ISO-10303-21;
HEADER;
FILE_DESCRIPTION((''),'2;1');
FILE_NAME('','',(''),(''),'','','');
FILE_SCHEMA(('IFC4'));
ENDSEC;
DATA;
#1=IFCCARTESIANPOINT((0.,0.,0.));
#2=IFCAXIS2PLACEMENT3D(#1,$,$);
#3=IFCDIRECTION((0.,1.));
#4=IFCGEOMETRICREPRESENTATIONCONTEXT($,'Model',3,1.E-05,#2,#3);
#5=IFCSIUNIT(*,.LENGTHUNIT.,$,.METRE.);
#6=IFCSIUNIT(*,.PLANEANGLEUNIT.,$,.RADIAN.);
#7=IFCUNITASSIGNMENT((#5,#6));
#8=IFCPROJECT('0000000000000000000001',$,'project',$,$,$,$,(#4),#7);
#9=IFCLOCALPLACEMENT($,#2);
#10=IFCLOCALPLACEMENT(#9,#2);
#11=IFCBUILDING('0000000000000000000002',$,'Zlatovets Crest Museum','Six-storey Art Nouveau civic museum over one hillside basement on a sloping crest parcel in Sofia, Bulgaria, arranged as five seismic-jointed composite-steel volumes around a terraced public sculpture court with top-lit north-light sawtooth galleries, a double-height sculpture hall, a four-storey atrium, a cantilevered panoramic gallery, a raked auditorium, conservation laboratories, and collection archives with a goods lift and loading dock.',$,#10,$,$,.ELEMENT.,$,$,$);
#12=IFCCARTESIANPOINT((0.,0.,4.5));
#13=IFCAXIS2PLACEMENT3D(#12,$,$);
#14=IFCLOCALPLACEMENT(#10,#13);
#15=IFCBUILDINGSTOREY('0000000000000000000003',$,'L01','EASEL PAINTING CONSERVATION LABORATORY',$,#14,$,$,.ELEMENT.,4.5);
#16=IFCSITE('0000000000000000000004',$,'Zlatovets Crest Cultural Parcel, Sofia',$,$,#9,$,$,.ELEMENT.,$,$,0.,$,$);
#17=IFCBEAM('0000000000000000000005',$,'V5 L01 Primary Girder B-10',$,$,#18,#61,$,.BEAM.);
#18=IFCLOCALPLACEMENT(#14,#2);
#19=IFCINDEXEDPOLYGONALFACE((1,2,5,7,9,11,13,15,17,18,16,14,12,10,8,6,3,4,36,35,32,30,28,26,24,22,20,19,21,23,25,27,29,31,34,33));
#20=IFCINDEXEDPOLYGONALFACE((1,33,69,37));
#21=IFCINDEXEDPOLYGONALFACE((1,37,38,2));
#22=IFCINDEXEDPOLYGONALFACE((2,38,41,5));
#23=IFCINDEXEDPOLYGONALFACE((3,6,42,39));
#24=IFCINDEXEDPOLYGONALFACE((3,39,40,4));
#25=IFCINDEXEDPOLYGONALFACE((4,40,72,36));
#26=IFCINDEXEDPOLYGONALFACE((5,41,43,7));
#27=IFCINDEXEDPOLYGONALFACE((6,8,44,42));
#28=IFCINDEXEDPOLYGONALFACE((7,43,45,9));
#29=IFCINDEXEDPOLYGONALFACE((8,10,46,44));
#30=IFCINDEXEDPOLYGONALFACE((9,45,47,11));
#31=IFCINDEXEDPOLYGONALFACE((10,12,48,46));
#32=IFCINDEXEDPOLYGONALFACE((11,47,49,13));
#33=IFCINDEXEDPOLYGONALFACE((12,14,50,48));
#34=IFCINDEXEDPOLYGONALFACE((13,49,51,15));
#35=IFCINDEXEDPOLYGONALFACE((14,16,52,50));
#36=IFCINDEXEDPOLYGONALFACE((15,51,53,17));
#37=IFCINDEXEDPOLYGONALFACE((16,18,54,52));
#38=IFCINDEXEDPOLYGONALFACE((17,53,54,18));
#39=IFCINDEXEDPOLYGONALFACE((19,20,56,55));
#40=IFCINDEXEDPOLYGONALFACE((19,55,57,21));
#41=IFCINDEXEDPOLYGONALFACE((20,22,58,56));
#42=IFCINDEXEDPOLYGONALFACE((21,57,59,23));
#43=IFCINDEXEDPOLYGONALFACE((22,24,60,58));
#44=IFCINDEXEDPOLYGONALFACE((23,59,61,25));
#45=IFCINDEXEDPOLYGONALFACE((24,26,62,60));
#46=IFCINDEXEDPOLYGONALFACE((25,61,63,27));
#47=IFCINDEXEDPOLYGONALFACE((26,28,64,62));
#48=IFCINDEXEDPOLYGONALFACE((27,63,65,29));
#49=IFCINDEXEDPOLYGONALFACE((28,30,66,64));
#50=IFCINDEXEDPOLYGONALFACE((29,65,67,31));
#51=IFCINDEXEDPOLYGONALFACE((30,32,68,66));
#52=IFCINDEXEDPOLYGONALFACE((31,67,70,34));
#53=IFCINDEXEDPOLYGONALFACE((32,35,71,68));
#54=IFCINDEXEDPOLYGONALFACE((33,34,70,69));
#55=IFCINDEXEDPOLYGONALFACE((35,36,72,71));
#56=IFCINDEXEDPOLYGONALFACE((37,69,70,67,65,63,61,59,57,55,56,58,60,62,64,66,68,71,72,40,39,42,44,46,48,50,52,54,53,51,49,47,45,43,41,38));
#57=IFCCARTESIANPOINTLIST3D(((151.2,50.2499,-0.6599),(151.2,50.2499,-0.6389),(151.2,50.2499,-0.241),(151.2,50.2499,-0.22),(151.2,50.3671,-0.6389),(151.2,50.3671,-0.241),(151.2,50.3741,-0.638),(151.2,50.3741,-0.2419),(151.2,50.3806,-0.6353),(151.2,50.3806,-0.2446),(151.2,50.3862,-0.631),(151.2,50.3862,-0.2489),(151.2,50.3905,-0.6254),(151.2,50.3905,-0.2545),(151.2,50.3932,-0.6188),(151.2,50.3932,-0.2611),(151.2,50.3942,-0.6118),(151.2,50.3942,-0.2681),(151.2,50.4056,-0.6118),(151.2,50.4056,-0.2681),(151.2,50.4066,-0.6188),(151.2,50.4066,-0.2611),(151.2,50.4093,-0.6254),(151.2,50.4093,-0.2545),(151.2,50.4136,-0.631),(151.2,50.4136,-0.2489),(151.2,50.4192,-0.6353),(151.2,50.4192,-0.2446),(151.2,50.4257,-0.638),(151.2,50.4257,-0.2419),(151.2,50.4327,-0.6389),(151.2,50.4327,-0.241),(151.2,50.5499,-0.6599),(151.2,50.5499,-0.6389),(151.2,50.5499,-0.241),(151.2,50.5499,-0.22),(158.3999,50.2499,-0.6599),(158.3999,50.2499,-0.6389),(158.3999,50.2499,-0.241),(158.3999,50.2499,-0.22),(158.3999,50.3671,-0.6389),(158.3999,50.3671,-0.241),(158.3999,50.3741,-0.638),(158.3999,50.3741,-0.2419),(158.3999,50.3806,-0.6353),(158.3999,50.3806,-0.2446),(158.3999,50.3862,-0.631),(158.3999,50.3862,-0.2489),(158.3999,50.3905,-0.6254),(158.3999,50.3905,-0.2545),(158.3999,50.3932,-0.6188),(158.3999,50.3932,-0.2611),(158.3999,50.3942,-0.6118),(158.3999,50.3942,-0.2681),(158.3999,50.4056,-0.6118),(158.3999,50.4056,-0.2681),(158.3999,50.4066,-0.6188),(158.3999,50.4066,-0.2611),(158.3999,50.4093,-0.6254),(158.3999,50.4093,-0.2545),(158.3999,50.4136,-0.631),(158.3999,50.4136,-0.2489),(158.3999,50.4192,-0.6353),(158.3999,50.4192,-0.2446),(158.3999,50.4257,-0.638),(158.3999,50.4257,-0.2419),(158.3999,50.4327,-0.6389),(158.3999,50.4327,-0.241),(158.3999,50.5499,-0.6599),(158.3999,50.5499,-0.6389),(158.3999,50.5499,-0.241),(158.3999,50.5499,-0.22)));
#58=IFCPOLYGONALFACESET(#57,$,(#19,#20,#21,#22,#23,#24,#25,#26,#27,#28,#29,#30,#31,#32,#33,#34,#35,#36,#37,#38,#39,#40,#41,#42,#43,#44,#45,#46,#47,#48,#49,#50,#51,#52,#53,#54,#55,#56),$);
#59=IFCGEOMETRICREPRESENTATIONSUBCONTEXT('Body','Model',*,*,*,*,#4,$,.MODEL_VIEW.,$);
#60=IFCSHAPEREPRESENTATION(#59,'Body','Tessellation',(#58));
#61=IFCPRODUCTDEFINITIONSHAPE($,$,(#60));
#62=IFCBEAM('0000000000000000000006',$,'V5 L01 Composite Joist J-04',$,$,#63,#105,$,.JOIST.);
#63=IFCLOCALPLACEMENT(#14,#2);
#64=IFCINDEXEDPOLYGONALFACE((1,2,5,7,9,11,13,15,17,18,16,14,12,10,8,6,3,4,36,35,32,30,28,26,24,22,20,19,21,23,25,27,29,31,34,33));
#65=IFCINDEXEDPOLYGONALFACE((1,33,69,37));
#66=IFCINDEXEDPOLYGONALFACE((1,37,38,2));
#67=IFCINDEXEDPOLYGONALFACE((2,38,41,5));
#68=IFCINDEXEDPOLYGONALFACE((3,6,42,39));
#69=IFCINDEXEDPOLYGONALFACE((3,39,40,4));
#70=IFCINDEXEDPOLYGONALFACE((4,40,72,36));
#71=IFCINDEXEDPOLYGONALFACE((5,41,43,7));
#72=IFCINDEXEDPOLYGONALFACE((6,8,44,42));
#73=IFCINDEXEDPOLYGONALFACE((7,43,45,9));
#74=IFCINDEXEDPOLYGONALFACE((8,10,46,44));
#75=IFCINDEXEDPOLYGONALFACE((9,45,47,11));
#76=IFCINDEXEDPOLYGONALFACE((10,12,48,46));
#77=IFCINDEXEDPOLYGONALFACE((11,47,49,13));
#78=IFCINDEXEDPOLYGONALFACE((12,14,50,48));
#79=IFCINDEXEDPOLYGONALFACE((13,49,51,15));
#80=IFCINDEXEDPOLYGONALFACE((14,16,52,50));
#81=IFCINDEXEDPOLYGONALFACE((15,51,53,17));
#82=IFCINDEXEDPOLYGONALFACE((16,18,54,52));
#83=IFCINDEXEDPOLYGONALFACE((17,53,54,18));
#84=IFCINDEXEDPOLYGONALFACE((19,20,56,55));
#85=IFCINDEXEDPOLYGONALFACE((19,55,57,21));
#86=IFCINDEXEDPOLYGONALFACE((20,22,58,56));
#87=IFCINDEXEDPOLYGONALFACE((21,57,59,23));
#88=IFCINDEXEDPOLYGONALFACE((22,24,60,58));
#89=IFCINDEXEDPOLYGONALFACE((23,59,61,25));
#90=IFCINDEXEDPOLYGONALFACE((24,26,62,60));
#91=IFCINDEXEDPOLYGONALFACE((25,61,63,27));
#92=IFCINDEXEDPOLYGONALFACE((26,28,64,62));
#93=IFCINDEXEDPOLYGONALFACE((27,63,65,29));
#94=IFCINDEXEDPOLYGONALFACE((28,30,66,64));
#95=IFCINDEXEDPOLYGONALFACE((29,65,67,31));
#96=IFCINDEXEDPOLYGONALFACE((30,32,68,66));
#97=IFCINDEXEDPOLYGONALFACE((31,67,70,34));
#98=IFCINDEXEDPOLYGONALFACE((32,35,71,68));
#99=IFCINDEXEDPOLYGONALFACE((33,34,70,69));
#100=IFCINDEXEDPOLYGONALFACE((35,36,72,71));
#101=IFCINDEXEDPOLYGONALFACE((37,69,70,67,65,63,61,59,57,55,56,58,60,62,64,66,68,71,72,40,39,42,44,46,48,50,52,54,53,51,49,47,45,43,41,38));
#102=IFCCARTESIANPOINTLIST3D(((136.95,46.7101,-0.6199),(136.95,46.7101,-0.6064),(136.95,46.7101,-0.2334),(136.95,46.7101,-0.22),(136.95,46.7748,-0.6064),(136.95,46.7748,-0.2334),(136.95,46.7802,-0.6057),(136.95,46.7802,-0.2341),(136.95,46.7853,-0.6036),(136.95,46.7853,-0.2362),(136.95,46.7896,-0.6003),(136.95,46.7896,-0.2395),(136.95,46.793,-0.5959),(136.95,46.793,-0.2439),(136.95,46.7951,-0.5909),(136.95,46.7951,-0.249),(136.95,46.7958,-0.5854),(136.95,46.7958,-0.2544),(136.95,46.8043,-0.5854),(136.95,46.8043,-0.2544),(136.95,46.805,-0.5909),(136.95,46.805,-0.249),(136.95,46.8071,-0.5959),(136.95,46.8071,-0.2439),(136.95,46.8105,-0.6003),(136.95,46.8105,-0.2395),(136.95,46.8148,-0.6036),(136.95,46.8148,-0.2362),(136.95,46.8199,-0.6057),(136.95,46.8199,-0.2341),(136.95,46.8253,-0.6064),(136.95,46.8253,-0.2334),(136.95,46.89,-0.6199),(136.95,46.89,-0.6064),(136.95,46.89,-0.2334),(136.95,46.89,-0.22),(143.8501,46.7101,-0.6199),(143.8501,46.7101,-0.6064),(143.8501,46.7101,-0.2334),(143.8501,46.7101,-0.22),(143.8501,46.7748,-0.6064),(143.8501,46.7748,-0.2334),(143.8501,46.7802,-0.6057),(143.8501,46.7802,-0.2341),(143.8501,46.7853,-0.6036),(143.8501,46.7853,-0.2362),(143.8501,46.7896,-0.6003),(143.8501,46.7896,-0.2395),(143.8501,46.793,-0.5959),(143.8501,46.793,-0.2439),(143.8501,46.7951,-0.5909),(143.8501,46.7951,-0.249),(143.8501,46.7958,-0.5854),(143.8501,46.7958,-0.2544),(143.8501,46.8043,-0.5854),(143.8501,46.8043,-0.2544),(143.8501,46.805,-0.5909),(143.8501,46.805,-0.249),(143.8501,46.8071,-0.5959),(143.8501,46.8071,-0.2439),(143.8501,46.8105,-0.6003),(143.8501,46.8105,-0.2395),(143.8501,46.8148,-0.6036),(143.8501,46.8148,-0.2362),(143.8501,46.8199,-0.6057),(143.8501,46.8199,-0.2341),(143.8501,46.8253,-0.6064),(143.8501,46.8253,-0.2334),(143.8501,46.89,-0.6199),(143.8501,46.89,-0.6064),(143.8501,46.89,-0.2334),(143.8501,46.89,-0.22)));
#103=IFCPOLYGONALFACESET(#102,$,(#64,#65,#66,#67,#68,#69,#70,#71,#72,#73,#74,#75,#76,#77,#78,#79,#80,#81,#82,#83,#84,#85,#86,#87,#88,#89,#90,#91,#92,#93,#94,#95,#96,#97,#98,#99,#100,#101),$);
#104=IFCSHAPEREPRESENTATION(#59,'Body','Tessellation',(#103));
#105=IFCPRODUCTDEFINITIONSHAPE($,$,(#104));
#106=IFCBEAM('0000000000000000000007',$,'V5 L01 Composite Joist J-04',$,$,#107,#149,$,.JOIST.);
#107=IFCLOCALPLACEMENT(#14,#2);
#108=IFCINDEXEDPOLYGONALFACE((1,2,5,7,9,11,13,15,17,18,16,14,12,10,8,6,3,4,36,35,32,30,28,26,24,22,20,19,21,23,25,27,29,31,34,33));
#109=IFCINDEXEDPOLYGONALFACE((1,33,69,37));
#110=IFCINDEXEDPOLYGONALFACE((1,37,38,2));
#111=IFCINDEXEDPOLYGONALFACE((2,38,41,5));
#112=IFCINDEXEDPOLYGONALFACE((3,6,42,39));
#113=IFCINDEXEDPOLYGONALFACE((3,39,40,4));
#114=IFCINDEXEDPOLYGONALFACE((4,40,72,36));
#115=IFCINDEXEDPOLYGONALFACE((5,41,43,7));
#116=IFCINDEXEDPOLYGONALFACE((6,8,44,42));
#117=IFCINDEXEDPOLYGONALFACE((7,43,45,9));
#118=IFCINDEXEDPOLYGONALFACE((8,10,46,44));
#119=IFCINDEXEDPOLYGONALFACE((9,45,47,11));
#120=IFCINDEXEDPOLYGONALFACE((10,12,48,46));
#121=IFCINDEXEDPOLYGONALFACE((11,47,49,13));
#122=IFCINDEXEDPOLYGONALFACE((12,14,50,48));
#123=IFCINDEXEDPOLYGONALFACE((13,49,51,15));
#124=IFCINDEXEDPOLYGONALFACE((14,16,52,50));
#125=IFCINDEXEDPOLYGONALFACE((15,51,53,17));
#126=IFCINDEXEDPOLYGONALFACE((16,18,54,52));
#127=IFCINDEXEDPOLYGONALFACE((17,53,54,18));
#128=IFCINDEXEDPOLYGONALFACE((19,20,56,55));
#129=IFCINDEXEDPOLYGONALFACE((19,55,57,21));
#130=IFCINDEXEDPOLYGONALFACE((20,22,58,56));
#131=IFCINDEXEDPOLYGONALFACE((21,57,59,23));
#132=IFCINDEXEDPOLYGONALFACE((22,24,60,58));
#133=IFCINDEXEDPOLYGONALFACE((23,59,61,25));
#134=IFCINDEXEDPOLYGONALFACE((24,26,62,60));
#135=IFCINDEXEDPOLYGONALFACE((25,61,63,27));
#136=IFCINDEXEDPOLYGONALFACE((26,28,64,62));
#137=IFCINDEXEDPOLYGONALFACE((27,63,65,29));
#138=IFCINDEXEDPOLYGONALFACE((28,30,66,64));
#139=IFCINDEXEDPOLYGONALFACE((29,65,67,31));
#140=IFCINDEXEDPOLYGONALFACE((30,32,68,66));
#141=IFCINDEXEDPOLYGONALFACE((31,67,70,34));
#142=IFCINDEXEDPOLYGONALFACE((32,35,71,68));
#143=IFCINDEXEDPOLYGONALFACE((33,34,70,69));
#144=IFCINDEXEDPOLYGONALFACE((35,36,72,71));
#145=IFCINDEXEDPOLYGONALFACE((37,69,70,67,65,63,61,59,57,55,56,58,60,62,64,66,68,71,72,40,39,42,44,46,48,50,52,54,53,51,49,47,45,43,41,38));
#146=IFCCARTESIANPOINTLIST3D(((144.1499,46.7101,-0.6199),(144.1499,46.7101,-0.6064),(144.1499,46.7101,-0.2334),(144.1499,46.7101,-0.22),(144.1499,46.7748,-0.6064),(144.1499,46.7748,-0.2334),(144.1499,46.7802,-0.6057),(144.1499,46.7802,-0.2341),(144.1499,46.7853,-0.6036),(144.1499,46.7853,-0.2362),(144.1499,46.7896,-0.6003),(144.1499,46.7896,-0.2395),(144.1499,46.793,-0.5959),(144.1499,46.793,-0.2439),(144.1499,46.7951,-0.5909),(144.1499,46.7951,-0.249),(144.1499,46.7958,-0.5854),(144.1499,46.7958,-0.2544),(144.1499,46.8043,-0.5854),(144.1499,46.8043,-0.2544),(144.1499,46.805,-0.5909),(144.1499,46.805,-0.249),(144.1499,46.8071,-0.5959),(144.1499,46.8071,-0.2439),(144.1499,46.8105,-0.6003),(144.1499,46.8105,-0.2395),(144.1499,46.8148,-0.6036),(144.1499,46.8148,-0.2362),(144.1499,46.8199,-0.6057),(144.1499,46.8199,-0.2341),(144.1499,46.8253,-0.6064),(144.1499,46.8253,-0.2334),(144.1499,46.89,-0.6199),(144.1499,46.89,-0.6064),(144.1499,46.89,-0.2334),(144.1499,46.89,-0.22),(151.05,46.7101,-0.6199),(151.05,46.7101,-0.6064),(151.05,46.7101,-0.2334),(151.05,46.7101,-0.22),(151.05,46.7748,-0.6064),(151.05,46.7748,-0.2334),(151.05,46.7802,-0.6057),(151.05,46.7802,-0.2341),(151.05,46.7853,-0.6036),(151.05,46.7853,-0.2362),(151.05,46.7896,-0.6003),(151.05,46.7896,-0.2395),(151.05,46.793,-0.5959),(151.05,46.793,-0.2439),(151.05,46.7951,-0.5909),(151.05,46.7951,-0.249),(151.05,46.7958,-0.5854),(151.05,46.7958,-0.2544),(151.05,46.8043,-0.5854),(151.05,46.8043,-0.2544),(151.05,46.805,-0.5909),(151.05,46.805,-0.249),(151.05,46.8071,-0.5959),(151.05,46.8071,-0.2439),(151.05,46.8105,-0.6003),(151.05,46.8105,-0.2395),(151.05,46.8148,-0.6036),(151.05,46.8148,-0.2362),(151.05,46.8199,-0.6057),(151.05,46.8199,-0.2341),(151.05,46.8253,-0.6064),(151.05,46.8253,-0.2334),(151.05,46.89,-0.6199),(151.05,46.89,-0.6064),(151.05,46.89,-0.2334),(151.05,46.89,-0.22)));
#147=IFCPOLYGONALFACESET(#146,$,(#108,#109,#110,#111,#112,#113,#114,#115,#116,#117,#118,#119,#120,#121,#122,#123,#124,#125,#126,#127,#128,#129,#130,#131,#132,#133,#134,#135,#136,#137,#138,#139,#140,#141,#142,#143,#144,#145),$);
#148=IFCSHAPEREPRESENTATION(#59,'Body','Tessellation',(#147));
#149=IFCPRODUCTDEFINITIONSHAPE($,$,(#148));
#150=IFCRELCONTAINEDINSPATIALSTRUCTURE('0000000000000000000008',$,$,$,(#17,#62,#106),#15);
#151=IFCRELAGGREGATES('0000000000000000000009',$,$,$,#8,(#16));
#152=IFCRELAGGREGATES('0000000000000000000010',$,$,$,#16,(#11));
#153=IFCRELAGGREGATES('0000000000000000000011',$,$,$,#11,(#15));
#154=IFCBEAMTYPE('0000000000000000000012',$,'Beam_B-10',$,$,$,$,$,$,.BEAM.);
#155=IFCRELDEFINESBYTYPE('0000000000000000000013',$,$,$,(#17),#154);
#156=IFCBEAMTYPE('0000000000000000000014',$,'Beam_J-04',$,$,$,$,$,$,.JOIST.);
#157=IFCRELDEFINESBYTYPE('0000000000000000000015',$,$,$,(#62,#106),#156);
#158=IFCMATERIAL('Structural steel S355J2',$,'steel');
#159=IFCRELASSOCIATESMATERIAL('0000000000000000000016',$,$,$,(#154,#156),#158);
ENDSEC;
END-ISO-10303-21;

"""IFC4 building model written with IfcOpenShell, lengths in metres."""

from ifc_helpers import new_model, si_unit, direction, frame, origin, origin_2d, place, context, subcontext, project, spatial, i_section, extrude, material, material_profile, profile_set, type_object, element, save


model = new_model("IFC4")

# Units and contexts
model_context = context("Model", 3, precision=1e-05, world=origin(), true_north=direction((0.0, 1.0)))
body_context = subcontext(model_context, "Body", "Model", "MODEL_VIEW")
ifc_project = project(units=[si_unit("LENGTHUNIT", "METRE"), si_unit("PLANEANGLEUNIT", "RADIAN")], contexts=[model_context])

# Site, building, storey
site_placement = place(None, origin())
site = spatial("IfcSite", under=ifc_project, at=site_placement, Name="Zlatovets Crest Cultural Parcel, Sofia", CompositionType="ELEMENT", RefElevation=0.0)
building_placement = place(site_placement, origin())
building = spatial("IfcBuilding", under=site, at=building_placement, Name="Zlatovets Crest Museum", Description="Six-storey Art Nouveau civic museum over one hillside basement on a sloping crest parcel in Sofia, Bulgaria, arranged as five seismic-jointed composite-steel volumes around a terraced public sculpture court with top-lit north-light sawtooth galleries, a double-height sculpture hall, a four-storey atrium, a cantilevered panoramic gallery, a raked auditorium, conservation laboratories, and collection archives with a goods lift and loading dock.", CompositionType="ELEMENT")
storey_placement = place(building_placement, frame((0.0, 0.0, 4.5)))
storey = spatial("IfcBuildingStorey", under=building, at=storey_placement, Name="L01", Description="EASEL PAINTING CONSERVATION LABORATORY", CompositionType="ELEMENT", Elevation=4.5)

# Shared definitions
ifc_material_1 = material(Name="Structural steel S355J2", Category="steel")

# Beams
ifc_material_profile_1 = material_profile(ifc_material_1, i_section(OverallWidth=0.3, OverallDepth=0.4399, WebThickness=0.0115, FlangeThickness=0.021, FilletRadius=0.0271, at=origin_2d()), Name="HEA 450")
ifc_profile_set_1 = profile_set([ifc_material_profile_1], Name="Structural steel S355J2")
beam_type_1 = type_object("IfcBeamType", Name="Beam_B-10", PredefinedType="BEAM", material=ifc_profile_set_1)
for number, where, z_axis, x_axis, name in (
    (1, (151.2, 50.3999, -0.4399), (1.0, 0.0, 0.0), (0.0, 1.0, 0.0), "V5 L01 Primary Girder B-10"),
):
    element("IfcBeam", number, at=place(storey_placement, frame(where, z_axis=z_axis, x_axis=x_axis)), inside=storey, type_object=beam_type_1, Name=name, PredefinedType="BEAM", context=body_context, shape_type="SweptSolid", body=[
        extrude(i_section(OverallWidth=0.3, OverallDepth=0.4399, WebThickness=0.0115, FlangeThickness=0.021, FilletRadius=0.0271, at=origin_2d()), origin(), (0.0, 0.0, 1.0), 7.2),
    ])
ifc_material_profile_2 = material_profile(ifc_material_1, i_section(OverallWidth=0.1799, OverallDepth=0.3999, WebThickness=0.0085, FlangeThickness=0.0134, FilletRadius=0.021, at=origin_2d()), Name="IPE 400")
ifc_profile_set_2 = profile_set([ifc_material_profile_2], Name="Structural steel S355J2")
beam_type_2 = type_object("IfcBeamType", Name="Beam_J-04", PredefinedType="JOIST", material=ifc_profile_set_2)
for number, where, z_axis, x_axis, name in (
    (2, (136.95, 46.8, -0.4199), (1.0, 0.0, 0.0), (0.0, 1.0, 0.0), "V5 L01 Composite Joist J-04"),
    (3, (144.1499, 46.8, -0.4199), (1.0, 0.0, 0.0), (0.0, 1.0, 0.0), "V5 L01 Composite Joist J-04"),
):
    element("IfcBeam", number, at=place(storey_placement, frame(where, z_axis=z_axis, x_axis=x_axis)), inside=storey, type_object=beam_type_2, Name=name, PredefinedType="JOIST", context=body_context, shape_type="SweptSolid", body=[
        extrude(i_section(OverallWidth=0.1799, OverallDepth=0.3999, WebThickness=0.0085, FlangeThickness=0.0134, FilletRadius=0.021, at=origin_2d()), origin(), (0.0, 0.0, 1.0), 6.9001),
    ])

save(model, "model.ifc")
